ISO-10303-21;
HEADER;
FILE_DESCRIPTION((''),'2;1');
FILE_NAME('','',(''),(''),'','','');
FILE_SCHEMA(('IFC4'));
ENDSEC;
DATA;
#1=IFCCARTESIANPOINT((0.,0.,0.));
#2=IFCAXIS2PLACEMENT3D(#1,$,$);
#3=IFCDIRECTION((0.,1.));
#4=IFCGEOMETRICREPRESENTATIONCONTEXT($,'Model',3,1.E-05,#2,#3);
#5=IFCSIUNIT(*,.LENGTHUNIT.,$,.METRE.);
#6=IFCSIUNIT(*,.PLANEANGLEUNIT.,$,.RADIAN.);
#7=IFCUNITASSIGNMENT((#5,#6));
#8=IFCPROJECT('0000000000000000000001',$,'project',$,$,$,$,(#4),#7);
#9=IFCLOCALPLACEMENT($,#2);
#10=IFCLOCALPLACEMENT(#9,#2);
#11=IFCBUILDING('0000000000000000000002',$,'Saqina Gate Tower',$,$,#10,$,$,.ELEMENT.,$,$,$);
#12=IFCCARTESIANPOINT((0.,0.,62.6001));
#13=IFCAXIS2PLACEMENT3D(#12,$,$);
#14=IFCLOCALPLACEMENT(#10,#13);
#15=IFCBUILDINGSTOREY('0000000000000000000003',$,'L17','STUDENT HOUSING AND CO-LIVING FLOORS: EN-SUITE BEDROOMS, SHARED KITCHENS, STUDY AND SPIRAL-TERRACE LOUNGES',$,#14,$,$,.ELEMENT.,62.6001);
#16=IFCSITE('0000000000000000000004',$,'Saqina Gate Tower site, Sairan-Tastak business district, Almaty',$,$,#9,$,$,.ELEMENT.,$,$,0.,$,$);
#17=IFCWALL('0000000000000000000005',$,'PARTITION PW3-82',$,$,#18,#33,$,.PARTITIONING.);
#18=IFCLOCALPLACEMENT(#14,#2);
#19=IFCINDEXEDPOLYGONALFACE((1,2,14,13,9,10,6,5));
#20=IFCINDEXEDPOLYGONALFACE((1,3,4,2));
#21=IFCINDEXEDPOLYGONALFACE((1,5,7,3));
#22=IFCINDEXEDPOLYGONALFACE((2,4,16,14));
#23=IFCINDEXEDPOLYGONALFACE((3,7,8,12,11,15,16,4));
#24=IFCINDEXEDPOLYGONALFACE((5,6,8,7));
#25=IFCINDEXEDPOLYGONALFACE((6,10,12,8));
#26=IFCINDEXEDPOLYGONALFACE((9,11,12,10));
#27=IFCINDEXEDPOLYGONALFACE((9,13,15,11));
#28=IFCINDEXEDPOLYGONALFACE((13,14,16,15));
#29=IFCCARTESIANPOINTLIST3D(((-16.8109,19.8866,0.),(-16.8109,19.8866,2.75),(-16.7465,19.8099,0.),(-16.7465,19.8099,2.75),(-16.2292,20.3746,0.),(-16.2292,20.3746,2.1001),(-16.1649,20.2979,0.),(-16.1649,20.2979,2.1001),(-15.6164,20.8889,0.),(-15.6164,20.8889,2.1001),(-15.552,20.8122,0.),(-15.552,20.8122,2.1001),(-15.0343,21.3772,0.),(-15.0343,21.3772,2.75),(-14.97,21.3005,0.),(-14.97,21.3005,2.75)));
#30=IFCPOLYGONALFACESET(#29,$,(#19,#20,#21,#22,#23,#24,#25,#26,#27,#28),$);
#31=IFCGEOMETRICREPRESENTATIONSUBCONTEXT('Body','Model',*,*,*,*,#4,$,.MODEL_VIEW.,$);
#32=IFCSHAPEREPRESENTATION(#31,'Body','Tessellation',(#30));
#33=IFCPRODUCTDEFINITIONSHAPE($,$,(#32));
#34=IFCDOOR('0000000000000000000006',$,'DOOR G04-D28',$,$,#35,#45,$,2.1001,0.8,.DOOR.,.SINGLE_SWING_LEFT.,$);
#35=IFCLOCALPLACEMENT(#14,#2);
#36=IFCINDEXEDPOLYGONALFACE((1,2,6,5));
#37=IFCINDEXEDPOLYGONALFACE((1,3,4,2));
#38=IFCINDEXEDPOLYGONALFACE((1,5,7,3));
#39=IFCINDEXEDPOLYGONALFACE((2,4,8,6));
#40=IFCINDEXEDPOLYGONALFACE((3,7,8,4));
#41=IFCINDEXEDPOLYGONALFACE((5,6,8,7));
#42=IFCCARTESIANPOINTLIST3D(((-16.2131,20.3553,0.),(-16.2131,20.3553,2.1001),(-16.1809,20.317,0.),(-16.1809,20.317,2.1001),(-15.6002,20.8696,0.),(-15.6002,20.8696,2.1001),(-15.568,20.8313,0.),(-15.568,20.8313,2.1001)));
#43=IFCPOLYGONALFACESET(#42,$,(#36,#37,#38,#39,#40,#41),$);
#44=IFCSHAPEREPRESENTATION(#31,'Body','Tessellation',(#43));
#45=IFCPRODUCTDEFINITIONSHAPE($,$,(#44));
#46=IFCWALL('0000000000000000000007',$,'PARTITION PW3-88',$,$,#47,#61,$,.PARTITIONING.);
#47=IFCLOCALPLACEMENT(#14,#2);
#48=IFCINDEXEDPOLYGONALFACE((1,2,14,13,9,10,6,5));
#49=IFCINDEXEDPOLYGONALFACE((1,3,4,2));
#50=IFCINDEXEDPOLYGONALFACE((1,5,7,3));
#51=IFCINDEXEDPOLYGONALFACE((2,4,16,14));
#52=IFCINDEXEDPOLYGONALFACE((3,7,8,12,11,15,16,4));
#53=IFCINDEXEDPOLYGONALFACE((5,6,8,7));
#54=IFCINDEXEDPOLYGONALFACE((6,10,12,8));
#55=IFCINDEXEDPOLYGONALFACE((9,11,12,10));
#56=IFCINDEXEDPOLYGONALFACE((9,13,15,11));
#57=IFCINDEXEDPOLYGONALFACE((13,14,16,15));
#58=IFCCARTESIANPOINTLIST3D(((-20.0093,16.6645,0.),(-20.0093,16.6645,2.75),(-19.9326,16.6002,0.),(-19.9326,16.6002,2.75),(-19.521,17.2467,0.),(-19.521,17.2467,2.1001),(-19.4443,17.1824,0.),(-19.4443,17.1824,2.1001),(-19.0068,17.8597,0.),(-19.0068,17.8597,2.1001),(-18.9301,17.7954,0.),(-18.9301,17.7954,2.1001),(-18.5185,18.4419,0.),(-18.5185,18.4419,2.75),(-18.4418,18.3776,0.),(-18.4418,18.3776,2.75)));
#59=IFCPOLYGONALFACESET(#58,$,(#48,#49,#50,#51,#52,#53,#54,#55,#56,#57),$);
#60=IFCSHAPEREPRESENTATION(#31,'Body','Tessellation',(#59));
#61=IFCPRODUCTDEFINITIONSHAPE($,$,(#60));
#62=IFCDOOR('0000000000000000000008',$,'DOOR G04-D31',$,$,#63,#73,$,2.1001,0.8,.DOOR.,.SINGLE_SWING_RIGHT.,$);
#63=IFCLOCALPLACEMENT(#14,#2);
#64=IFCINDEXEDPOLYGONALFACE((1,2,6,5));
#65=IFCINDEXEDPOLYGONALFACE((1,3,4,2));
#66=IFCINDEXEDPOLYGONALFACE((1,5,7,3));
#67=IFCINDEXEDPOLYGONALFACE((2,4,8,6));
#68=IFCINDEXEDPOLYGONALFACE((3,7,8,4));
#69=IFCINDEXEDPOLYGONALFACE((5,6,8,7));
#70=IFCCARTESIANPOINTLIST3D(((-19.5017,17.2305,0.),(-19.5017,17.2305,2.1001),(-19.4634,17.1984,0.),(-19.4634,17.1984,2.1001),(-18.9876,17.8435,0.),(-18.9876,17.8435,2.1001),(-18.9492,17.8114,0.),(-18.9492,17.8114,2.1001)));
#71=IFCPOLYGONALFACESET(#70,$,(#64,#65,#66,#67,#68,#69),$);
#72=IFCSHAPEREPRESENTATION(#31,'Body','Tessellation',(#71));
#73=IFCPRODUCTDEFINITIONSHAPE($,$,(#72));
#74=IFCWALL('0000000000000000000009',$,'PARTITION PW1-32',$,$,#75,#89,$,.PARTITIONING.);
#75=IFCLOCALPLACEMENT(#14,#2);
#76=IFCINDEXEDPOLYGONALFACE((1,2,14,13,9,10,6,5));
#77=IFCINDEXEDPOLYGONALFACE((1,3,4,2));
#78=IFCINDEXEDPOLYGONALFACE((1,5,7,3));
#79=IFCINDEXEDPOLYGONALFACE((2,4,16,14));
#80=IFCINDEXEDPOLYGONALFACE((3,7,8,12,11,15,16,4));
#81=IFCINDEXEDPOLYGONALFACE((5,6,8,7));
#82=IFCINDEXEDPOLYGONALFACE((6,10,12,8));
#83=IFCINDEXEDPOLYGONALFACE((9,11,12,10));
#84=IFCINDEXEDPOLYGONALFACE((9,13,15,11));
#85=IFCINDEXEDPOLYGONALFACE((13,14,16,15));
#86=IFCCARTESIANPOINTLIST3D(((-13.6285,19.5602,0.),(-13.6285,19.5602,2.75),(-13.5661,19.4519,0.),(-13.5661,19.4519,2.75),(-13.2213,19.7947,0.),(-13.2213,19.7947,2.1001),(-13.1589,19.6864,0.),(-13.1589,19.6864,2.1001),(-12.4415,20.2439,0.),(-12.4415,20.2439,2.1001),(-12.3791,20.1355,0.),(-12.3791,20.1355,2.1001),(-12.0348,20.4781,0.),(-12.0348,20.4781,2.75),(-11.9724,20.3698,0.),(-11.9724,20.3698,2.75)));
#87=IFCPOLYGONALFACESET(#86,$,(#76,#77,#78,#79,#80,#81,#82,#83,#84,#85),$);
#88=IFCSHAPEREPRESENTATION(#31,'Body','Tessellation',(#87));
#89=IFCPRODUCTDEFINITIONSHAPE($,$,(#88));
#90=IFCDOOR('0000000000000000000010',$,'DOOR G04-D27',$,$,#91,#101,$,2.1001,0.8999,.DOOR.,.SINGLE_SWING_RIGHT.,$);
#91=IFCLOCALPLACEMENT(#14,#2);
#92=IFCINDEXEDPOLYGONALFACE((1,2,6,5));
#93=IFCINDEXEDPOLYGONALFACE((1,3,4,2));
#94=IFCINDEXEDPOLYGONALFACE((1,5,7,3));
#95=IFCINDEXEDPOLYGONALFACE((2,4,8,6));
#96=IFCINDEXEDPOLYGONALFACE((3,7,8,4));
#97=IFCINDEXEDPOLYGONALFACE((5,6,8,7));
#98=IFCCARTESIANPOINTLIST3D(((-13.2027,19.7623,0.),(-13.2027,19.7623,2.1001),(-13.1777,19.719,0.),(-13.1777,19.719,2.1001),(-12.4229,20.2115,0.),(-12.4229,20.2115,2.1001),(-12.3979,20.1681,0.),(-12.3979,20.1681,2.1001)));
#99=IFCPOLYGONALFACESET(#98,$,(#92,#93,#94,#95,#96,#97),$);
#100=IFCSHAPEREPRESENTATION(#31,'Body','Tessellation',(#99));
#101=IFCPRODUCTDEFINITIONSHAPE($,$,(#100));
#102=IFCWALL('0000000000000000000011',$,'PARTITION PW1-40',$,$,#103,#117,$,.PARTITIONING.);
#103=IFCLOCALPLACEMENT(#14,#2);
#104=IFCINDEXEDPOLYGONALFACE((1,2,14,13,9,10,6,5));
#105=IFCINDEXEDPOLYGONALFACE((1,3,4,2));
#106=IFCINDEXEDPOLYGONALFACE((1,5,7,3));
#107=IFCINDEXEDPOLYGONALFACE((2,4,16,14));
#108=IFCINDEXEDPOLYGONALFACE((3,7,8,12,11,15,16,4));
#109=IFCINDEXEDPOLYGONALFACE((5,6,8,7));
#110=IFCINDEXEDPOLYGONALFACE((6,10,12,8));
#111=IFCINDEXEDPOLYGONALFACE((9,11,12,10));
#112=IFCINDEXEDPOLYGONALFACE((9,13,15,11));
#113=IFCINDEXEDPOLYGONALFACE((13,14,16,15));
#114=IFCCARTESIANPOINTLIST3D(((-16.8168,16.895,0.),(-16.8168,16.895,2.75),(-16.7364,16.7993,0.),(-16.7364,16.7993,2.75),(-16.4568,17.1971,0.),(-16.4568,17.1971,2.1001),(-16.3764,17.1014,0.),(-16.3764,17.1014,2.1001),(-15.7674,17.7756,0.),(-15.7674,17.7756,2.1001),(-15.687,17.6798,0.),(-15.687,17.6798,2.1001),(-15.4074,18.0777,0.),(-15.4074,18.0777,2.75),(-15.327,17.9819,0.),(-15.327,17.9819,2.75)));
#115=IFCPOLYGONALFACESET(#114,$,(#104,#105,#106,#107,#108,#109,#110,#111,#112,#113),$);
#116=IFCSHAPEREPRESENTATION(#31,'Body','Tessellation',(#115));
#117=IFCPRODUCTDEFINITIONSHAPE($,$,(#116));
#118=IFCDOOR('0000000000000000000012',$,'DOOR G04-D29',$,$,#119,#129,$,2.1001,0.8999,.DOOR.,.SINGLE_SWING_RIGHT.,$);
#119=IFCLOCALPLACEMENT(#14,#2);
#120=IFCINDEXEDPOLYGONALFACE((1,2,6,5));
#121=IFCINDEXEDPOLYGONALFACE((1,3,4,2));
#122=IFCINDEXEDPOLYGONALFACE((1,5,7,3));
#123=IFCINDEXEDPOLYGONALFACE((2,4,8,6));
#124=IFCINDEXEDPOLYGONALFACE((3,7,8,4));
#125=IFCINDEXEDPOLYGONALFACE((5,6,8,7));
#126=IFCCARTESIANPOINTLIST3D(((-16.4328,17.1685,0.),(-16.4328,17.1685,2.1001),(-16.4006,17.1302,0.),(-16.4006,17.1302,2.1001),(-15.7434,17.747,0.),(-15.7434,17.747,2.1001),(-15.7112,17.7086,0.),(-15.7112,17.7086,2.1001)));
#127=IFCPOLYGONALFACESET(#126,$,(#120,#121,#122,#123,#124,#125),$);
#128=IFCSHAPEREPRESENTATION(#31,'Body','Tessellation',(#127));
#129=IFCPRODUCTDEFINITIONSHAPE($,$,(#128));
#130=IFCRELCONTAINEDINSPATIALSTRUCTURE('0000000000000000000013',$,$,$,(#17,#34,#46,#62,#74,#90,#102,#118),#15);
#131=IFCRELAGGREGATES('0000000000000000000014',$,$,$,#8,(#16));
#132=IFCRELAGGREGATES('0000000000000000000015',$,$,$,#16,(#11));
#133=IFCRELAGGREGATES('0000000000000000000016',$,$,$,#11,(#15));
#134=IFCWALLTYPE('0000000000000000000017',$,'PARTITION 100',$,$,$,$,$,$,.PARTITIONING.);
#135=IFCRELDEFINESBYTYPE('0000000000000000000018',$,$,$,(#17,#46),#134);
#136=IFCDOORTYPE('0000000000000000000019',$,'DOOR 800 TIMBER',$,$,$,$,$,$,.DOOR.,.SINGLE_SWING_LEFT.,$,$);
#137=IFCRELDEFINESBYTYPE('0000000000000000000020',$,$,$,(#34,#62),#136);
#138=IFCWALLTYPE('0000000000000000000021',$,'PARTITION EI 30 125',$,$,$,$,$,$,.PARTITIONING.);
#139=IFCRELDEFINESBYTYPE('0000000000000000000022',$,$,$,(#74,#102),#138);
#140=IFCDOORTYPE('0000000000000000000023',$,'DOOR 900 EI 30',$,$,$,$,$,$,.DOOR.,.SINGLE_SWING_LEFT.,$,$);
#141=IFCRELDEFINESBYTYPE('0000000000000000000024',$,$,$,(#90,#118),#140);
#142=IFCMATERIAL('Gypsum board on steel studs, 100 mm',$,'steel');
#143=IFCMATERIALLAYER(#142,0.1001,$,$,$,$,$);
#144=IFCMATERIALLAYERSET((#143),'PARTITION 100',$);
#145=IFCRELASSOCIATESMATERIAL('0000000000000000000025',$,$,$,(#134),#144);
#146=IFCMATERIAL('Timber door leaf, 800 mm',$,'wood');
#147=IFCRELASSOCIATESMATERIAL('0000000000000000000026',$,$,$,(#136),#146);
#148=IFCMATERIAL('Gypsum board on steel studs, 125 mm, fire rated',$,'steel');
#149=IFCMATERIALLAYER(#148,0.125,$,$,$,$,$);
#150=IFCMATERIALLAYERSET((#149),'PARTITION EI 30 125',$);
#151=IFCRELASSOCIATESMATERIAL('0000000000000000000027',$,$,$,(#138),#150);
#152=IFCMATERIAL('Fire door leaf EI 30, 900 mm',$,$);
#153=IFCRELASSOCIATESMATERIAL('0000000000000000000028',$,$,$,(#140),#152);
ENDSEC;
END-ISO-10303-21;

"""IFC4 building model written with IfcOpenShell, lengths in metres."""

from ifc_helpers import new_model, si_unit, direction, frame, frame_2d, origin, place, context, subcontext, project, spatial, rectangle, extrude, material, layer, layer_set, type_object, element, fill, save


model = new_model("IFC4")

# Units and contexts
model_context = context("Model", 3, precision=1e-05, world=origin(), true_north=direction((0.0, 1.0)))
body_context = subcontext(model_context, "Body", "Model", "MODEL_VIEW")
ifc_project = project(units=[si_unit("LENGTHUNIT", "METRE"), si_unit("PLANEANGLEUNIT", "RADIAN")], contexts=[model_context])

# Site, building, storey
site_placement = place(None, origin())
site = spatial("IfcSite", under=ifc_project, at=site_placement, Name="Saqina Gate Tower site, Sairan-Tastak business district, Almaty", CompositionType="ELEMENT", RefElevation=0.0)
building_placement = place(site_placement, origin())
building = spatial("IfcBuilding", under=site, at=building_placement, Name="Saqina Gate Tower", CompositionType="ELEMENT")
storey_placement = place(building_placement, frame((0.0, 0.0, 62.6001)))
storey = spatial("IfcBuildingStorey", under=building, at=storey_placement, Name="L17", Description="STUDENT HOUSING AND CO-LIVING FLOORS: EN-SUITE BEDROOMS, SHARED KITCHENS, STUDY AND SPIRAL-TERRACE LOUNGES", CompositionType="ELEMENT", Elevation=62.6001)

# Shared definitions
ifc_material_1 = material(Name="Gypsum board on steel studs, 100 mm", Category="steel")
ifc_layer_1 = layer(ifc_material_1, 0.1001)
ifc_layer_set_1 = layer_set([ifc_layer_1], Name="PARTITION 100")
wall_type_1 = type_object("IfcWallType", Name="PARTITION 100", PredefinedType="PARTITIONING", material=ifc_layer_set_1)

# Walls, openings, doors
wall_1_placement = place(storey_placement, frame((-16.7788, 19.8481, 0.0), z_axis=(0.0, 0.0, 1.0), x_axis=(0.766051, 0.64278, 0.0)))
wall_1 = element("IfcWall", 1, at=wall_1_placement, inside=storey, type_object=wall_type_1, Name="PARTITION PW3-82", PredefinedType="PARTITIONING", context=body_context, shape_type="SweptSolid", body=[
    extrude(rectangle(XDim=2.3191, YDim=0.1001, at=frame_2d((1.1597, 0.0))), origin(), (0.0, 0.0, 1.0), 2.75),
])
opening_1_placement = place(wall_1_placement, frame((0.7595, 0.0, 0.0)))
opening_1 = element("IfcOpeningElement", 2, at=opening_1_placement, cuts=wall_1, PredefinedType="OPENING", context=body_context, shape_type="SweptSolid", body=[
    extrude(rectangle(XDim=0.8, YDim=2.1001, at=frame_2d((0.3999, 1.05))), frame((0.0, 0.062, 0.0), z_axis=(0.0, -1.0, 0.0), x_axis=(1.0, 0.0, 0.0)), (0.0, 0.0, 1.0), 0.124),
])
ifc_material_2 = material(Name="Timber door leaf, 800 mm", Category="wood")
door_type_1 = type_object("IfcDoorType", Name="DOOR 800 TIMBER", OperationType="SINGLE_SWING_LEFT", PredefinedType="DOOR", material=ifc_material_2)
door_1_placement = place(opening_1_placement, origin())
door_1 = element("IfcDoor", 3, at=door_1_placement, inside=storey, type_object=door_type_1, Name="DOOR G04-D28", OperationType="SINGLE_SWING_LEFT", OverallHeight=2.1001, OverallWidth=0.8, PredefinedType="DOOR", context=body_context, shape_type="SweptSolid", body=[
    extrude(rectangle(XDim=0.8, YDim=2.1001, at=frame_2d((0.3999, 1.05))), frame((0.0, 0.0249, 0.0), z_axis=(0.0, -1.0, 0.0), x_axis=(1.0, 0.0, 0.0)), (0.0, 0.0, 1.0), 0.05),
])
fill(opening_1, door_1)
wall_2_placement = place(storey_placement, frame((-19.9709, 16.6323, 0.0), z_axis=(0.0, 0.0, 1.0), x_axis=(0.642624, 0.766182, 0.0)))
wall_2 = element("IfcWall", 4, at=wall_2_placement, inside=storey, type_object=wall_type_1, Name="PARTITION PW3-88", PredefinedType="PARTITIONING", context=body_context, shape_type="SweptSolid", body=[
    extrude(rectangle(XDim=2.3198, YDim=0.1001, at=frame_2d((1.1599, 0.0))), origin(), (0.0, 0.0, 1.0), 2.75),
])
opening_2_placement = place(wall_2_placement, frame((0.76, 0.0, 0.0)))
opening_2 = element("IfcOpeningElement", 5, at=opening_2_placement, cuts=wall_2, PredefinedType="OPENING", context=body_context, shape_type="SweptSolid", body=[
    extrude(rectangle(XDim=0.8, YDim=2.1001, at=frame_2d((0.3999, 1.05))), frame((0.0, 0.062, 0.0), z_axis=(0.0, -1.0, 0.0), x_axis=(1.0, 0.0, 0.0)), (0.0, 0.0, 1.0), 0.124),
])
door_2_placement = place(opening_2_placement, origin())
door_2 = element("IfcDoor", 6, at=door_2_placement, inside=storey, type_object=door_type_1, Name="DOOR G04-D31", OperationType="SINGLE_SWING_RIGHT", OverallHeight=2.1001, OverallWidth=0.8, PredefinedType="DOOR", context=body_context, shape_type="SweptSolid", body=[
    extrude(rectangle(XDim=0.8, YDim=2.1001, at=frame_2d((0.3999, 1.05))), frame((0.0, 0.0249, 0.0), z_axis=(0.0, -1.0, 0.0), x_axis=(1.0, 0.0, 0.0)), (0.0, 0.0, 1.0), 0.05),
])
fill(opening_2, door_2)
ifc_material_3 = material(Name="Gypsum board on steel studs, 125 mm, fire rated", Category="steel")
ifc_layer_2 = layer(ifc_material_3, 0.125)
ifc_layer_set_2 = layer_set([ifc_layer_2], Name="PARTITION EI 30 125")
wall_type_2 = type_object("IfcWallType", Name="PARTITION EI 30 125", PredefinedType="PARTITIONING", material=ifc_layer_set_2)
wall_3_placement = place(storey_placement, frame((-13.5972, 19.5061, 0.0), z_axis=(0.0, 0.0, 1.0), x_axis=(0.866539, 0.499109, 0.0)))
wall_3 = element("IfcWall", 7, at=wall_3_placement, inside=storey, type_object=wall_type_2, Name="PARTITION PW1-32", PredefinedType="PARTITIONING", context=body_context, shape_type="SweptSolid", body=[
    extrude(rectangle(XDim=1.8391, YDim=0.125, at=frame_2d((0.9194, 0.0))), origin(), (0.0, 0.0, 1.0), 2.75),
])
opening_3_placement = place(wall_3_placement, frame((0.4697, 0.0, 0.0)))
opening_3 = element("IfcOpeningElement", 8, at=opening_3_placement, cuts=wall_3, PredefinedType="OPENING", context=body_context, shape_type="SweptSolid", body=[
    extrude(rectangle(XDim=0.8999, YDim=2.1001, at=frame_2d((0.45, 1.05))), frame((0.0, 0.0745, 0.0), z_axis=(0.0, -1.0, 0.0), x_axis=(1.0, 0.0, 0.0)), (0.0, 0.0, 1.0), 0.1489),
])
ifc_material_4 = material(Name="Fire door leaf EI 30, 900 mm")
door_type_2 = type_object("IfcDoorType", Name="DOOR 900 EI 30", OperationType="SINGLE_SWING_LEFT", PredefinedType="DOOR", material=ifc_material_4)
door_3_placement = place(opening_3_placement, frame((0.8999, 0.0, 0.0), z_axis=(0.0, 0.0, 1.0), x_axis=(-1.0, 0.0, 0.0)))
door_3 = element("IfcDoor", 9, at=door_3_placement, inside=storey, type_object=door_type_2, Name="DOOR G04-D27", OperationType="SINGLE_SWING_RIGHT", OverallHeight=2.1001, OverallWidth=0.8999, PredefinedType="DOOR", context=body_context, shape_type="SweptSolid", body=[
    extrude(rectangle(XDim=0.8999, YDim=2.1001, at=frame_2d((0.45, 1.05))), frame((0.0, 0.0249, 0.0), z_axis=(0.0, -1.0, 0.0), x_axis=(1.0, 0.0, 0.0)), (0.0, 0.0, 1.0), 0.05),
])
fill(opening_3, door_3)
wall_4_placement = place(storey_placement, frame((-16.7766, 16.8472, 0.0), z_axis=(0.0, 0.0, 1.0), x_axis=(0.766052, 0.642778, 0.0)))
wall_4 = element("IfcWall", 10, at=wall_4_placement, inside=storey, type_object=wall_type_2, Name="PARTITION PW1-40", PredefinedType="PARTITIONING", context=body_context, shape_type="SweptSolid", body=[
    extrude(rectangle(XDim=1.8398, YDim=0.125, at=frame_2d((0.9199, 0.0))), origin(), (0.0, 0.0, 1.0), 2.75),
])
opening_4_placement = place(wall_4_placement, frame((0.47, 0.0, 0.0)))
opening_4 = element("IfcOpeningElement", 11, at=opening_4_placement, cuts=wall_4, PredefinedType="OPENING", context=body_context, shape_type="SweptSolid", body=[
    extrude(rectangle(XDim=0.8999, YDim=2.1001, at=frame_2d((0.45, 1.05))), frame((0.0, 0.0745, 0.0), z_axis=(0.0, -1.0, 0.0), x_axis=(1.0, 0.0, 0.0)), (0.0, 0.0, 1.0), 0.1489),
])
door_4_placement = place(opening_4_placement, frame((0.8999, 0.0, 0.0), z_axis=(0.0, 0.0, 1.0), x_axis=(-1.0, 0.0, 0.0)))
door_4 = element("IfcDoor", 12, at=door_4_placement, inside=storey, type_object=door_type_2, Name="DOOR G04-D29", OperationType="SINGLE_SWING_RIGHT", OverallHeight=2.1001, OverallWidth=0.8999, PredefinedType="DOOR", context=body_context, shape_type="SweptSolid", body=[
    extrude(rectangle(XDim=0.8999, YDim=2.1001, at=frame_2d((0.45, 1.05))), frame((0.0, 0.0249, 0.0), z_axis=(0.0, -1.0, 0.0), x_axis=(1.0, 0.0, 0.0)), (0.0, 0.0, 1.0), 0.05),
])
fill(opening_4, door_4)

save(model, "model.ifc")
